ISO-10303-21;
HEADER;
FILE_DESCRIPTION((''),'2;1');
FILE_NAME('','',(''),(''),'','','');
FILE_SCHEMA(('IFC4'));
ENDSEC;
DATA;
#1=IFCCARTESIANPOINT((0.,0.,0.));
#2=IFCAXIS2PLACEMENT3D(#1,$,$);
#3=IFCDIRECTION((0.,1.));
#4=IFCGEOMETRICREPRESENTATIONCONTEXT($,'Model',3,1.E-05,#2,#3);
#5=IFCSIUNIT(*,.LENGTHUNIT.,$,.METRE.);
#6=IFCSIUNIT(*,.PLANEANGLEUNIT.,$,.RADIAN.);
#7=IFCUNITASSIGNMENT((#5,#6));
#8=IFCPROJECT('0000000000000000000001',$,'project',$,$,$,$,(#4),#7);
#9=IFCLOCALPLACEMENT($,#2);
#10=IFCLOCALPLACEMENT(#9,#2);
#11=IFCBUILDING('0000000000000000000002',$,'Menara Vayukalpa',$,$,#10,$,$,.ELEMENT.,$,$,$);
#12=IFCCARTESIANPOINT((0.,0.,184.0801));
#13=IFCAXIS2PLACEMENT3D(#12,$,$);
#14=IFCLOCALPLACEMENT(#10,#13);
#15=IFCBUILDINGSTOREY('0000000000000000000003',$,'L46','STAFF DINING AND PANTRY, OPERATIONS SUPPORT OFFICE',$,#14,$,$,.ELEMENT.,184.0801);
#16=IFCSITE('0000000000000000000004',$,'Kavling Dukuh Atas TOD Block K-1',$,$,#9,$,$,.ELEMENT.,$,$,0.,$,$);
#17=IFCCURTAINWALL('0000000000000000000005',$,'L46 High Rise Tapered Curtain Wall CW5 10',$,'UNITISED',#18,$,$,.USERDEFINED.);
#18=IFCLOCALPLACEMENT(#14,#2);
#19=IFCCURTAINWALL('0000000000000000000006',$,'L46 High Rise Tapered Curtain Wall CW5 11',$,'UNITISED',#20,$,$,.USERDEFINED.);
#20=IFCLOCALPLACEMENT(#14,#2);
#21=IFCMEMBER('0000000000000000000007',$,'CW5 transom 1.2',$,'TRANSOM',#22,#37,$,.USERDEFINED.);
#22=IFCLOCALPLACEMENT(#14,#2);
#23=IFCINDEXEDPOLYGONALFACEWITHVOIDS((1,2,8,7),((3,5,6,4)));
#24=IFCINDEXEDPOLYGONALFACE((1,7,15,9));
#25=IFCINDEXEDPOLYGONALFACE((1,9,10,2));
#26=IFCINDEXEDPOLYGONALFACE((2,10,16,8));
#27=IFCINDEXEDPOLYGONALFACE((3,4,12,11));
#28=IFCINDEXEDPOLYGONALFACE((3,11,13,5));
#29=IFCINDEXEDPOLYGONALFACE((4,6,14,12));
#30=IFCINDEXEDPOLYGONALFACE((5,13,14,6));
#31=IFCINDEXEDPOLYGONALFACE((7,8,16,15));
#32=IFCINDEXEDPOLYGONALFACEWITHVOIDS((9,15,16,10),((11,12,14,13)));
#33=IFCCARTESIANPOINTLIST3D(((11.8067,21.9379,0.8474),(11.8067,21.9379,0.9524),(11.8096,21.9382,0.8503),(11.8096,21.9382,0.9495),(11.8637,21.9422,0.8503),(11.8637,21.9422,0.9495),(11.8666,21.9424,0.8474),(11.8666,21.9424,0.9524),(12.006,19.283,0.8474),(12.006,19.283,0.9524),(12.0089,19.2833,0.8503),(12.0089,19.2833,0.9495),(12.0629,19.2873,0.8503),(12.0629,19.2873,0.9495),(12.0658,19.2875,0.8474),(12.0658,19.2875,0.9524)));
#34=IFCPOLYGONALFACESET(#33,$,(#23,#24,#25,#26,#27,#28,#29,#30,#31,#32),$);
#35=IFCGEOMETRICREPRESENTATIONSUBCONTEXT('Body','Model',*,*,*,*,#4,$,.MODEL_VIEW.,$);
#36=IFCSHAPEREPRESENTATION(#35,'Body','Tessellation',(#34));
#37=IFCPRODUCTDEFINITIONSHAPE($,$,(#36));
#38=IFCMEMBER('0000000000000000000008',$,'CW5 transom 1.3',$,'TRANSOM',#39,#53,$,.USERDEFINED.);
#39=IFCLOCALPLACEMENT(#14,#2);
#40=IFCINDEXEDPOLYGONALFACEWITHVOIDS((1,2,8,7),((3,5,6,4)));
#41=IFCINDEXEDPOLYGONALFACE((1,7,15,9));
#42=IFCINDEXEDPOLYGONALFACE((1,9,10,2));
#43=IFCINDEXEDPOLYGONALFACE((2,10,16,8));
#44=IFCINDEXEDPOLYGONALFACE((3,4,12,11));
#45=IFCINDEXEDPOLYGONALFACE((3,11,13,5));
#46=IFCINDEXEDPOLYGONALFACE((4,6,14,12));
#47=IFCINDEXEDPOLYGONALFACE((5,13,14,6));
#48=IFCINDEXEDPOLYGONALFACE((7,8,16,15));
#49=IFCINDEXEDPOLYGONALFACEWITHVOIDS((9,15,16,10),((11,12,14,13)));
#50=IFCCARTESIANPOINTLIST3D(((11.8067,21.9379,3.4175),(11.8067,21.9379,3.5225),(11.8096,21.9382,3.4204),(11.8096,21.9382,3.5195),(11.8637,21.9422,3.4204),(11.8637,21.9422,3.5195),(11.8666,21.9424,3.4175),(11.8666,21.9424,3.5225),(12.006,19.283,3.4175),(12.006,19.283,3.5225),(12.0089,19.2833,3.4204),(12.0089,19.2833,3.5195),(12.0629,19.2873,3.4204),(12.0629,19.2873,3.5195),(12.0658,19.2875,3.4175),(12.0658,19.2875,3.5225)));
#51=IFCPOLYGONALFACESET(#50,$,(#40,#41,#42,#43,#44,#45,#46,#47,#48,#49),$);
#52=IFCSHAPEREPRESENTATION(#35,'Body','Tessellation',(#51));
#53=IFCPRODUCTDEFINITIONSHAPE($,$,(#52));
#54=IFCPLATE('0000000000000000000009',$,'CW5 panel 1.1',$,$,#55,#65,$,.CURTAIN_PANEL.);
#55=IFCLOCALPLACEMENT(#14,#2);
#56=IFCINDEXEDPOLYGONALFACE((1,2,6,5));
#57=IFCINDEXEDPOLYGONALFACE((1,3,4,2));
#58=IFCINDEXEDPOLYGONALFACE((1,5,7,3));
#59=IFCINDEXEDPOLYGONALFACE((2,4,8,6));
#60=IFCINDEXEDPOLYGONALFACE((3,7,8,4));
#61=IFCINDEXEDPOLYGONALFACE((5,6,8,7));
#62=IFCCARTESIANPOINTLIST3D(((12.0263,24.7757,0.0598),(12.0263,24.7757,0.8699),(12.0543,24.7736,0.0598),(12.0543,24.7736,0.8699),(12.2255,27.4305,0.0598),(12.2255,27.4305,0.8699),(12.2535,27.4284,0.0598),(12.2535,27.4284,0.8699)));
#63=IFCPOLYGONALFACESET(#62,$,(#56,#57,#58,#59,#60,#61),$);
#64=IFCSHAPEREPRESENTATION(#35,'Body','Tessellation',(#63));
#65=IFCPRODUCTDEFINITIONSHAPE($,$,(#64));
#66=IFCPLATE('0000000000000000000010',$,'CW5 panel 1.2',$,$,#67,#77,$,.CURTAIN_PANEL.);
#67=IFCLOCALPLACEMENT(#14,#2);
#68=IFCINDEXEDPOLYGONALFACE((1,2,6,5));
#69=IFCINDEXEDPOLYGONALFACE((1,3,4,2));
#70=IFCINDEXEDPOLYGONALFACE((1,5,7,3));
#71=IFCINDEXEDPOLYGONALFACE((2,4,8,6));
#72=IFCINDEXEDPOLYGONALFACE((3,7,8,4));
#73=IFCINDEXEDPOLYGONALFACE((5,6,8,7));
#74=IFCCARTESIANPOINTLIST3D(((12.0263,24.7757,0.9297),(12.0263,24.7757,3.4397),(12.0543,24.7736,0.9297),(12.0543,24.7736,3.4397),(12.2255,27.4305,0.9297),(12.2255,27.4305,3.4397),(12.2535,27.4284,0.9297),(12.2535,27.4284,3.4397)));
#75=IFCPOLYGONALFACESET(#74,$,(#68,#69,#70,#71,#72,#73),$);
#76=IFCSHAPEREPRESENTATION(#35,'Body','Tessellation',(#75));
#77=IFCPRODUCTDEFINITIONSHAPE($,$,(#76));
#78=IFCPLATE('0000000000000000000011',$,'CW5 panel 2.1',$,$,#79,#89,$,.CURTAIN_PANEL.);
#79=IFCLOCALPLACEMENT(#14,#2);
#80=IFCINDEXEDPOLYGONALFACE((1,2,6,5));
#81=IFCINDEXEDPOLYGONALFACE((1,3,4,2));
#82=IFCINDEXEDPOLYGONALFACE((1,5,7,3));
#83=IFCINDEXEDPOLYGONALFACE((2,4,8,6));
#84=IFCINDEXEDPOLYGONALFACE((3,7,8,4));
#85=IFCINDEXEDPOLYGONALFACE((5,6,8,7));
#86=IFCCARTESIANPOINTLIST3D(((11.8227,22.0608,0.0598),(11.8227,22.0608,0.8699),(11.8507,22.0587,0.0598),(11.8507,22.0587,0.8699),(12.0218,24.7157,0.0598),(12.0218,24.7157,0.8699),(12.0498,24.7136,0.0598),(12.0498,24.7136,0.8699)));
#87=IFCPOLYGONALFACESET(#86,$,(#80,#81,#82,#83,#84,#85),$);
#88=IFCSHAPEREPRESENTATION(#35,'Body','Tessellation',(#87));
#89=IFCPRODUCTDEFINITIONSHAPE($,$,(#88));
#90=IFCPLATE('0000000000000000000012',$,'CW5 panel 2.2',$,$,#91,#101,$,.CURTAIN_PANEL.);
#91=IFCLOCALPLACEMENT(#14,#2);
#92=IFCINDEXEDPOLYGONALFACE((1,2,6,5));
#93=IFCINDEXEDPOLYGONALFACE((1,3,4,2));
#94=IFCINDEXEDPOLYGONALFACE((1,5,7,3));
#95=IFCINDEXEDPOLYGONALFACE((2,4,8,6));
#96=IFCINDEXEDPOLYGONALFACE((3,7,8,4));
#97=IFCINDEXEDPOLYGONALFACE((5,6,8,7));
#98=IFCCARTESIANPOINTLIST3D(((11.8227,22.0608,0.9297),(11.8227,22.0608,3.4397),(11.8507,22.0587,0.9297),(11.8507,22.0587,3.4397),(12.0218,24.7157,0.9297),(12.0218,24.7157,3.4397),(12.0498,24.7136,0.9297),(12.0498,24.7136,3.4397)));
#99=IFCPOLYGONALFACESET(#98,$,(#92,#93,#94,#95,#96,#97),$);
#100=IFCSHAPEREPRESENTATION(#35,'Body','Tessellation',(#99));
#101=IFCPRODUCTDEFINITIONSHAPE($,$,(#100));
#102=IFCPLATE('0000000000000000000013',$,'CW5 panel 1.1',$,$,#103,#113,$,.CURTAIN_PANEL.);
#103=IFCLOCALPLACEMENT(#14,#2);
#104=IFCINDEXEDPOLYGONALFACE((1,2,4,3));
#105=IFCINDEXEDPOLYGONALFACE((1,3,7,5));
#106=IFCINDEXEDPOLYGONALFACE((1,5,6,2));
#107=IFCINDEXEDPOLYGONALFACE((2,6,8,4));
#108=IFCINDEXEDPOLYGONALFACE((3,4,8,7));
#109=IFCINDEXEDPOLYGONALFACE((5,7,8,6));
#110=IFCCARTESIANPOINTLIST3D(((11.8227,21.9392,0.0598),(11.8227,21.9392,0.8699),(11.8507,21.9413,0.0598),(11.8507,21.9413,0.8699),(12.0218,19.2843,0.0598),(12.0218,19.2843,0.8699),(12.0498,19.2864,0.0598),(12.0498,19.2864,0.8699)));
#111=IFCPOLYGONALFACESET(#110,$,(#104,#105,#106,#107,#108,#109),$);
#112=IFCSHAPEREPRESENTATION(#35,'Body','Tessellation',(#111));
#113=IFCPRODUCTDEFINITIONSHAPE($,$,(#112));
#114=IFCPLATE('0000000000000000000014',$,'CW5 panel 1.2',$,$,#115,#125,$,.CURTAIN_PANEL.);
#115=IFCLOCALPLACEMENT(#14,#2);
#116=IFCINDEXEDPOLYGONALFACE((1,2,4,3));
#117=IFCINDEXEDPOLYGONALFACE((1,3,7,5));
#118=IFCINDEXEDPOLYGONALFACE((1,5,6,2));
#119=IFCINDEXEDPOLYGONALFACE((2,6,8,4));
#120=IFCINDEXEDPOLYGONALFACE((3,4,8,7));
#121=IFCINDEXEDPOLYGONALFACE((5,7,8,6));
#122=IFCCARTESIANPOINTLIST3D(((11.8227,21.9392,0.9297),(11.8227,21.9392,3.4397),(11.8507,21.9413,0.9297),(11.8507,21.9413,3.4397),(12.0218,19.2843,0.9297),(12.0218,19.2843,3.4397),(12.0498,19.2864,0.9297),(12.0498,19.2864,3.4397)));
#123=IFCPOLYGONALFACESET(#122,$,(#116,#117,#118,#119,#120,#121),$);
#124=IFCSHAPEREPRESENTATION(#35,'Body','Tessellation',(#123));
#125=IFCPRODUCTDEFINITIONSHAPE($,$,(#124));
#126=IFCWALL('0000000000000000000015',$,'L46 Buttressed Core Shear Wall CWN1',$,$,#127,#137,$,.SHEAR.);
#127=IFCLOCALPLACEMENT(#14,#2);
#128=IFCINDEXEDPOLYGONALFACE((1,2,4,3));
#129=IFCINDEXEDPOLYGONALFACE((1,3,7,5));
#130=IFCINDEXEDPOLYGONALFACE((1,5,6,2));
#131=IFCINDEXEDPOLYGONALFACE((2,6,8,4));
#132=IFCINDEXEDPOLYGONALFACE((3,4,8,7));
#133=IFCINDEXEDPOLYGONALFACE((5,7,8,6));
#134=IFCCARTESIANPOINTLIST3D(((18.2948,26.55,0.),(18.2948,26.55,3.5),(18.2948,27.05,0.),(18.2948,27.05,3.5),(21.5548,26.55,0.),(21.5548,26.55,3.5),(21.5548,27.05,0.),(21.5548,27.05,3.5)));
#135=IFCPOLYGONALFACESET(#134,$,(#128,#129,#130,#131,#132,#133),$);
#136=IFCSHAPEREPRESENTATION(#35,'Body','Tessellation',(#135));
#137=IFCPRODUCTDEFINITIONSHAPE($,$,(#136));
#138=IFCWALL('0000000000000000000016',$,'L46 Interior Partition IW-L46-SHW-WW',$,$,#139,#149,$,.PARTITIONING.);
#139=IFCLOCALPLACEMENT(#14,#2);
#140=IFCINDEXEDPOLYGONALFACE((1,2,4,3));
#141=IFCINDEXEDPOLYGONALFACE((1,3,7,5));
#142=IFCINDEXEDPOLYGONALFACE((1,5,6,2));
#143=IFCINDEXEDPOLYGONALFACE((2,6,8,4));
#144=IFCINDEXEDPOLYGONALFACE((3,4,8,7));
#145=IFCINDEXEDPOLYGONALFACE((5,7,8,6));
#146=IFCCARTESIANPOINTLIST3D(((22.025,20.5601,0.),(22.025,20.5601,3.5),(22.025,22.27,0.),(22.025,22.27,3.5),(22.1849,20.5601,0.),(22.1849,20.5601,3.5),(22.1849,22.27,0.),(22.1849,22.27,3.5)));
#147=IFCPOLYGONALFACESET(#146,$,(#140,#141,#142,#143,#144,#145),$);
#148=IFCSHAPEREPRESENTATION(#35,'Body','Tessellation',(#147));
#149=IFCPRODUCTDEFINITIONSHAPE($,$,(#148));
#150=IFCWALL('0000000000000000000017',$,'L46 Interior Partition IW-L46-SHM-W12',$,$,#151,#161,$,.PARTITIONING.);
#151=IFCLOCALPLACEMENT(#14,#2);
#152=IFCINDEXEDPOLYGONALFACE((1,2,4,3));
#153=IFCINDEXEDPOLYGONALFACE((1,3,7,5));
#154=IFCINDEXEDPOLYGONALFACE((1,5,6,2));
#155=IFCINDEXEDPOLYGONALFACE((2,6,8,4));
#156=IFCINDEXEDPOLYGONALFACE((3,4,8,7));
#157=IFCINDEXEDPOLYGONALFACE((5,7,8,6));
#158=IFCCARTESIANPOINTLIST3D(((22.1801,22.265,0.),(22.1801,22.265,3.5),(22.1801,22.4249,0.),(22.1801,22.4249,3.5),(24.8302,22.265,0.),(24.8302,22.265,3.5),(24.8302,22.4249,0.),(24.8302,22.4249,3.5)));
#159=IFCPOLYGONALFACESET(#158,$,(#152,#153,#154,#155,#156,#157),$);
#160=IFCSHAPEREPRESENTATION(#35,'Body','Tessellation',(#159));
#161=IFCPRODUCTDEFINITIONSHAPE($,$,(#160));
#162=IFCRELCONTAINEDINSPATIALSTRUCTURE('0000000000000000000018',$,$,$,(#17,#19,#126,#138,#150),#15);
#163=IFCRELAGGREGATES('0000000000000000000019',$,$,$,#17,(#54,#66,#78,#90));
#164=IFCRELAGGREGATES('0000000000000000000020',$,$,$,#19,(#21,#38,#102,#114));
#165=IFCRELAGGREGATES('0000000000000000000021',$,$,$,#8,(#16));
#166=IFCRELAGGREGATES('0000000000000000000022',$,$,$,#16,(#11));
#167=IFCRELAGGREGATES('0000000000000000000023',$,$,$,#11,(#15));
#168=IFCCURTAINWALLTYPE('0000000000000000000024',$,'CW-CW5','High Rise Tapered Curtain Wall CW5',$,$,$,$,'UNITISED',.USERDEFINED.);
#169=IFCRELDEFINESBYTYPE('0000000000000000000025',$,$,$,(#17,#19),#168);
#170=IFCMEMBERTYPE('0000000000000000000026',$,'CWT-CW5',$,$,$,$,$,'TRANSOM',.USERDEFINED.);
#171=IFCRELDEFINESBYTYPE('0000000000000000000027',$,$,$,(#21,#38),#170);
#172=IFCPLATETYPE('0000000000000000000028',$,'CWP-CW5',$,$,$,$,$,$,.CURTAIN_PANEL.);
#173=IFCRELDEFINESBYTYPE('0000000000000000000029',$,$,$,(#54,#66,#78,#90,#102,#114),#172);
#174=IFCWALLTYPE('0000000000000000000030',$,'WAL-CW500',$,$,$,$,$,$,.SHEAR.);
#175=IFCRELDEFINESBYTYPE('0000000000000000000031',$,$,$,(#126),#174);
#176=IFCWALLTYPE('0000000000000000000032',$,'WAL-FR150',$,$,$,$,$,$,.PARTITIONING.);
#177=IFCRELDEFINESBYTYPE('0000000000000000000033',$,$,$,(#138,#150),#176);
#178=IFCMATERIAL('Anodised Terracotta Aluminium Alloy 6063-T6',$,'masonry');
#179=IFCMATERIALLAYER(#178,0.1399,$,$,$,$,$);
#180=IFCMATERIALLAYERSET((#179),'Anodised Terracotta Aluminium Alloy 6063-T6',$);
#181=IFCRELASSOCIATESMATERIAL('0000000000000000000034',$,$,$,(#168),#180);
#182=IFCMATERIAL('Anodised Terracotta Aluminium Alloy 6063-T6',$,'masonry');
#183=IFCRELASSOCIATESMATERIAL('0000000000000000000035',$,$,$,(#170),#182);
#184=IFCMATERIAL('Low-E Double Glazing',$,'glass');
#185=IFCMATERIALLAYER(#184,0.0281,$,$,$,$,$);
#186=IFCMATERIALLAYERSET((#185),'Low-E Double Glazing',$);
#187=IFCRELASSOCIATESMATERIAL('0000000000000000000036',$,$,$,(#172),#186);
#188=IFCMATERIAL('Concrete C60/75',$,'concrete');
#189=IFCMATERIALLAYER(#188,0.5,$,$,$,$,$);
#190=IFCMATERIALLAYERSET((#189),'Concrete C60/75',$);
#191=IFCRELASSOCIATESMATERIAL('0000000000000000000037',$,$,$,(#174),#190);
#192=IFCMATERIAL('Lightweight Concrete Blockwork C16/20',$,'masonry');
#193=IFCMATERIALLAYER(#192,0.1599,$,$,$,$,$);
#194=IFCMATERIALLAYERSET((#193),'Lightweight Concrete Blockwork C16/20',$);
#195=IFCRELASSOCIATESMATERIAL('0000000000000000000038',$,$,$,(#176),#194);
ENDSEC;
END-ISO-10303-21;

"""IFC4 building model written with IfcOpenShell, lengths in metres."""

from ifc_helpers import new_model, si_unit, direction, frame, frame_2d, origin, origin_2d, place, context, subcontext, project, spatial, rectangle, hollow_rectangle, extrude, material, layer, layer_set, material_profile, profile_set, type_object, element, aggregate, save


model = new_model("IFC4")

# Units and contexts
model_context = context("Model", 3, precision=1e-05, world=origin(), true_north=direction((0.0, 1.0)))
body_context = subcontext(model_context, "Body", "Model", "MODEL_VIEW")
ifc_project = project(units=[si_unit("LENGTHUNIT", "METRE"), si_unit("PLANEANGLEUNIT", "RADIAN")], contexts=[model_context])

# Site, building, storey
site_placement = place(None, origin())
site = spatial("IfcSite", under=ifc_project, at=site_placement, Name="Kavling Dukuh Atas TOD Block K-1", CompositionType="ELEMENT", RefElevation=0.0)
building_placement = place(site_placement, origin())
building = spatial("IfcBuilding", under=site, at=building_placement, Name="Menara Vayukalpa", CompositionType="ELEMENT")
storey_placement = place(building_placement, frame((0.0, 0.0, 184.0801)))
storey = spatial("IfcBuildingStorey", under=building, at=storey_placement, Name="L46", Description="STAFF DINING AND PANTRY, OPERATIONS SUPPORT OFFICE", CompositionType="ELEMENT", Elevation=184.0801)

# Curtain wall
ifc_material_1 = material(Name="Anodised Terracotta Aluminium Alloy 6063-T6", Category="masonry")
ifc_layer_1 = layer(ifc_material_1, 0.1399)
ifc_layer_set_1 = layer_set([ifc_layer_1], Name="Anodised Terracotta Aluminium Alloy 6063-T6")
curtain_wall_type = type_object("IfcCurtainWallType", Name="CW-CW5", Description="High Rise Tapered Curtain Wall CW5", ElementType="UNITISED", PredefinedType="USERDEFINED", material=ifc_layer_set_1)
curtain_wall_1_placement = place(storey_placement, origin())
curtain_wall_1 = element("IfcCurtainWall", 1, at=curtain_wall_1_placement, inside=storey, type_object=curtain_wall_type, Name="L46 High Rise Tapered Curtain Wall CW5 10", ObjectType="UNITISED", PredefinedType="USERDEFINED")

# Curtain wall
curtain_wall_2_placement = place(storey_placement, origin())
curtain_wall_2 = element("IfcCurtainWall", 2, at=curtain_wall_2_placement, inside=storey, type_object=curtain_wall_type, Name="L46 High Rise Tapered Curtain Wall CW5 11", ObjectType="UNITISED", PredefinedType="USERDEFINED")

# Members
ifc_material_2 = material(Name="Anodised Terracotta Aluminium Alloy 6063-T6", Category="masonry")
ifc_material_profile_1 = material_profile(ifc_material_2, hollow_rectangle(XDim=0.0601, YDim=0.105, WallThickness=0.0029, at=origin_2d()), Name="ALU 60x105x3")
ifc_profile_set_1 = profile_set([ifc_material_profile_1], Name="Anodised Terracotta Aluminium Alloy 6063-T6")
member_type_1 = type_object("IfcMemberType", Name="CWT-CW5", ElementType="TRANSOM", PredefinedType="USERDEFINED", material=ifc_profile_set_1)
member_1_placement = place(storey_placement, frame((11.8367, 21.9402, 0.8999), z_axis=(0.074831, -0.997196, 0.0), x_axis=(0.997196, 0.074831, 0.0)))
member_1 = element("IfcMember", 3, at=member_1_placement, type_object=member_type_1, Name="CW5 transom 1.2", ObjectType="TRANSOM", PredefinedType="USERDEFINED", context=body_context, shape_type="SweptSolid", body=[
    extrude(hollow_rectangle(XDim=0.0601, YDim=0.105, WallThickness=0.0029, at=origin_2d()), origin(), (0.0, 0.0, 1.0), 2.6624),
])
member_2_placement = place(storey_placement, frame((11.8367, 21.9402, 3.47), z_axis=(0.074831, -0.997196, 0.0), x_axis=(0.997196, 0.074831, 0.0)))
member_2 = element("IfcMember", 4, at=member_2_placement, type_object=member_type_1, Name="CW5 transom 1.3", ObjectType="TRANSOM", PredefinedType="USERDEFINED", context=body_context, shape_type="SweptSolid", body=[
    extrude(hollow_rectangle(XDim=0.0601, YDim=0.105, WallThickness=0.0029, at=origin_2d()), origin(), (0.0, 0.0, 1.0), 2.6624),
])

# Plates
ifc_material_3 = material(Name="Low-E Double Glazing", Category="glass")
ifc_layer_2 = layer(ifc_material_3, 0.0281)
ifc_layer_set_2 = layer_set([ifc_layer_2], Name="Low-E Double Glazing")
plate_type = type_object("IfcPlateType", Name="CWP-CW5", PredefinedType="CURTAIN_PANEL", material=ifc_layer_set_2)
plate_1_placement = place(storey_placement, frame((12.1399, 26.1021, 0.0598), z_axis=(0.0, 0.0, 1.0), x_axis=(-0.074792, -0.997199, 0.0)))
plate_1 = element("IfcPlate", 5, at=plate_1_placement, type_object=plate_type, Name="CW5 panel 1.1", PredefinedType="CURTAIN_PANEL", context=body_context, shape_type="SweptSolid", body=[
    extrude(rectangle(XDim=2.6624, YDim=0.0281, at=origin_2d()), origin(), (0.0, 0.0, 1.0), 0.8101),
])
plate_2_placement = place(storey_placement, frame((12.1399, 26.1021, 0.9297), z_axis=(0.0, 0.0, 1.0), x_axis=(-0.074792, -0.997199, 0.0)))
plate_2 = element("IfcPlate", 6, at=plate_2_placement, type_object=plate_type, Name="CW5 panel 1.2", PredefinedType="CURTAIN_PANEL", context=body_context, shape_type="SweptSolid", body=[
    extrude(rectangle(XDim=2.6624, YDim=0.0281, at=origin_2d()), origin(), (0.0, 0.0, 1.0), 2.51),
])
plate_3_placement = place(storey_placement, frame((11.9363, 23.3872, 0.0598), z_axis=(0.0, 0.0, 1.0), x_axis=(-0.074792, -0.997199, 0.0)))
plate_3 = element("IfcPlate", 7, at=plate_3_placement, type_object=plate_type, Name="CW5 panel 2.1", PredefinedType="CURTAIN_PANEL", context=body_context, shape_type="SweptSolid", body=[
    extrude(rectangle(XDim=2.6624, YDim=0.0281, at=origin_2d()), origin(), (0.0, 0.0, 1.0), 0.8101),
])
plate_4_placement = place(storey_placement, frame((11.9363, 23.3872, 0.9297), z_axis=(0.0, 0.0, 1.0), x_axis=(-0.074792, -0.997199, 0.0)))
plate_4 = element("IfcPlate", 8, at=plate_4_placement, type_object=plate_type, Name="CW5 panel 2.2", PredefinedType="CURTAIN_PANEL", context=body_context, shape_type="SweptSolid", body=[
    extrude(rectangle(XDim=2.6624, YDim=0.0281, at=origin_2d()), origin(), (0.0, 0.0, 1.0), 2.51),
])
aggregate(curtain_wall_1, [plate_1, plate_2, plate_3, plate_4])
plate_5_placement = place(storey_placement, frame((11.9363, 20.6128, 0.0598), z_axis=(0.0, 0.0, 1.0), x_axis=(0.074792, -0.997199, 0.0)))
plate_5 = element("IfcPlate", 9, at=plate_5_placement, type_object=plate_type, Name="CW5 panel 1.1", PredefinedType="CURTAIN_PANEL", context=body_context, shape_type="SweptSolid", body=[
    extrude(rectangle(XDim=2.6624, YDim=0.0281, at=origin_2d()), origin(), (0.0, 0.0, 1.0), 0.8101),
])
plate_6_placement = place(storey_placement, frame((11.9363, 20.6128, 0.9297), z_axis=(0.0, 0.0, 1.0), x_axis=(0.074792, -0.997199, 0.0)))
plate_6 = element("IfcPlate", 10, at=plate_6_placement, type_object=plate_type, Name="CW5 panel 1.2", PredefinedType="CURTAIN_PANEL", context=body_context, shape_type="SweptSolid", body=[
    extrude(rectangle(XDim=2.6624, YDim=0.0281, at=origin_2d()), origin(), (0.0, 0.0, 1.0), 2.51),
])
aggregate(curtain_wall_2, [member_1, member_2, plate_5, plate_6])

# Walls
ifc_material_4 = material(Name="Concrete C60/75", Category="concrete")
ifc_layer_3 = layer(ifc_material_4, 0.5)
ifc_layer_set_3 = layer_set([ifc_layer_3], Name="Concrete C60/75")
wall_type_1 = type_object("IfcWallType", Name="WAL-CW500", PredefinedType="SHEAR", material=ifc_layer_set_3)
wall_1_placement = place(storey_placement, frame((18.2949, 26.8, 0.0), z_axis=(0.0, 0.0, 1.0), x_axis=(1.0, 0.0, 0.0)))
element("IfcWall", 11, at=wall_1_placement, inside=storey, type_object=wall_type_1, Name="L46 Buttressed Core Shear Wall CWN1", PredefinedType="SHEAR", context=body_context, shape_type="SweptSolid", body=[
    extrude(rectangle(XDim=3.26, YDim=0.5, at=frame_2d((1.6299, 0.0))), origin(), (0.0, 0.0, 1.0), 3.5),
])
ifc_material_5 = material(Name="Lightweight Concrete Blockwork C16/20", Category="masonry")
ifc_layer_4 = layer(ifc_material_5, 0.1599)
ifc_layer_set_4 = layer_set([ifc_layer_4], Name="Lightweight Concrete Blockwork C16/20")
wall_type_2 = type_object("IfcWallType", Name="WAL-FR150", PredefinedType="PARTITIONING", material=ifc_layer_set_4)
wall_2_placement = place(storey_placement, frame((22.105, 20.5601, 0.0), z_axis=(0.0, 0.0, 1.0), x_axis=(0.0, 1.0, 0.0)))
element("IfcWall", 12, at=wall_2_placement, inside=storey, type_object=wall_type_2, Name="L46 Interior Partition IW-L46-SHW-WW", PredefinedType="PARTITIONING", context=body_context, shape_type="SweptSolid", body=[
    extrude(rectangle(XDim=1.71, YDim=0.1599, at=frame_2d((0.855, 0.0))), origin(), (0.0, 0.0, 1.0), 3.5),
])
wall_3_placement = place(storey_placement, frame((22.1799, 22.345, 0.0), z_axis=(0.0, 0.0, 1.0), x_axis=(1.0, 0.0, 0.0)))
element("IfcWall", 13, at=wall_3_placement, inside=storey, type_object=wall_type_2, Name="L46 Interior Partition IW-L46-SHM-W12", PredefinedType="PARTITIONING", context=body_context, shape_type="SweptSolid", body=[
    extrude(rectangle(XDim=2.6501, YDim=0.1599, at=frame_2d((1.3252, 0.0))), origin(), (0.0, 0.0, 1.0), 3.5),
])

save(model, "model.ifc")
